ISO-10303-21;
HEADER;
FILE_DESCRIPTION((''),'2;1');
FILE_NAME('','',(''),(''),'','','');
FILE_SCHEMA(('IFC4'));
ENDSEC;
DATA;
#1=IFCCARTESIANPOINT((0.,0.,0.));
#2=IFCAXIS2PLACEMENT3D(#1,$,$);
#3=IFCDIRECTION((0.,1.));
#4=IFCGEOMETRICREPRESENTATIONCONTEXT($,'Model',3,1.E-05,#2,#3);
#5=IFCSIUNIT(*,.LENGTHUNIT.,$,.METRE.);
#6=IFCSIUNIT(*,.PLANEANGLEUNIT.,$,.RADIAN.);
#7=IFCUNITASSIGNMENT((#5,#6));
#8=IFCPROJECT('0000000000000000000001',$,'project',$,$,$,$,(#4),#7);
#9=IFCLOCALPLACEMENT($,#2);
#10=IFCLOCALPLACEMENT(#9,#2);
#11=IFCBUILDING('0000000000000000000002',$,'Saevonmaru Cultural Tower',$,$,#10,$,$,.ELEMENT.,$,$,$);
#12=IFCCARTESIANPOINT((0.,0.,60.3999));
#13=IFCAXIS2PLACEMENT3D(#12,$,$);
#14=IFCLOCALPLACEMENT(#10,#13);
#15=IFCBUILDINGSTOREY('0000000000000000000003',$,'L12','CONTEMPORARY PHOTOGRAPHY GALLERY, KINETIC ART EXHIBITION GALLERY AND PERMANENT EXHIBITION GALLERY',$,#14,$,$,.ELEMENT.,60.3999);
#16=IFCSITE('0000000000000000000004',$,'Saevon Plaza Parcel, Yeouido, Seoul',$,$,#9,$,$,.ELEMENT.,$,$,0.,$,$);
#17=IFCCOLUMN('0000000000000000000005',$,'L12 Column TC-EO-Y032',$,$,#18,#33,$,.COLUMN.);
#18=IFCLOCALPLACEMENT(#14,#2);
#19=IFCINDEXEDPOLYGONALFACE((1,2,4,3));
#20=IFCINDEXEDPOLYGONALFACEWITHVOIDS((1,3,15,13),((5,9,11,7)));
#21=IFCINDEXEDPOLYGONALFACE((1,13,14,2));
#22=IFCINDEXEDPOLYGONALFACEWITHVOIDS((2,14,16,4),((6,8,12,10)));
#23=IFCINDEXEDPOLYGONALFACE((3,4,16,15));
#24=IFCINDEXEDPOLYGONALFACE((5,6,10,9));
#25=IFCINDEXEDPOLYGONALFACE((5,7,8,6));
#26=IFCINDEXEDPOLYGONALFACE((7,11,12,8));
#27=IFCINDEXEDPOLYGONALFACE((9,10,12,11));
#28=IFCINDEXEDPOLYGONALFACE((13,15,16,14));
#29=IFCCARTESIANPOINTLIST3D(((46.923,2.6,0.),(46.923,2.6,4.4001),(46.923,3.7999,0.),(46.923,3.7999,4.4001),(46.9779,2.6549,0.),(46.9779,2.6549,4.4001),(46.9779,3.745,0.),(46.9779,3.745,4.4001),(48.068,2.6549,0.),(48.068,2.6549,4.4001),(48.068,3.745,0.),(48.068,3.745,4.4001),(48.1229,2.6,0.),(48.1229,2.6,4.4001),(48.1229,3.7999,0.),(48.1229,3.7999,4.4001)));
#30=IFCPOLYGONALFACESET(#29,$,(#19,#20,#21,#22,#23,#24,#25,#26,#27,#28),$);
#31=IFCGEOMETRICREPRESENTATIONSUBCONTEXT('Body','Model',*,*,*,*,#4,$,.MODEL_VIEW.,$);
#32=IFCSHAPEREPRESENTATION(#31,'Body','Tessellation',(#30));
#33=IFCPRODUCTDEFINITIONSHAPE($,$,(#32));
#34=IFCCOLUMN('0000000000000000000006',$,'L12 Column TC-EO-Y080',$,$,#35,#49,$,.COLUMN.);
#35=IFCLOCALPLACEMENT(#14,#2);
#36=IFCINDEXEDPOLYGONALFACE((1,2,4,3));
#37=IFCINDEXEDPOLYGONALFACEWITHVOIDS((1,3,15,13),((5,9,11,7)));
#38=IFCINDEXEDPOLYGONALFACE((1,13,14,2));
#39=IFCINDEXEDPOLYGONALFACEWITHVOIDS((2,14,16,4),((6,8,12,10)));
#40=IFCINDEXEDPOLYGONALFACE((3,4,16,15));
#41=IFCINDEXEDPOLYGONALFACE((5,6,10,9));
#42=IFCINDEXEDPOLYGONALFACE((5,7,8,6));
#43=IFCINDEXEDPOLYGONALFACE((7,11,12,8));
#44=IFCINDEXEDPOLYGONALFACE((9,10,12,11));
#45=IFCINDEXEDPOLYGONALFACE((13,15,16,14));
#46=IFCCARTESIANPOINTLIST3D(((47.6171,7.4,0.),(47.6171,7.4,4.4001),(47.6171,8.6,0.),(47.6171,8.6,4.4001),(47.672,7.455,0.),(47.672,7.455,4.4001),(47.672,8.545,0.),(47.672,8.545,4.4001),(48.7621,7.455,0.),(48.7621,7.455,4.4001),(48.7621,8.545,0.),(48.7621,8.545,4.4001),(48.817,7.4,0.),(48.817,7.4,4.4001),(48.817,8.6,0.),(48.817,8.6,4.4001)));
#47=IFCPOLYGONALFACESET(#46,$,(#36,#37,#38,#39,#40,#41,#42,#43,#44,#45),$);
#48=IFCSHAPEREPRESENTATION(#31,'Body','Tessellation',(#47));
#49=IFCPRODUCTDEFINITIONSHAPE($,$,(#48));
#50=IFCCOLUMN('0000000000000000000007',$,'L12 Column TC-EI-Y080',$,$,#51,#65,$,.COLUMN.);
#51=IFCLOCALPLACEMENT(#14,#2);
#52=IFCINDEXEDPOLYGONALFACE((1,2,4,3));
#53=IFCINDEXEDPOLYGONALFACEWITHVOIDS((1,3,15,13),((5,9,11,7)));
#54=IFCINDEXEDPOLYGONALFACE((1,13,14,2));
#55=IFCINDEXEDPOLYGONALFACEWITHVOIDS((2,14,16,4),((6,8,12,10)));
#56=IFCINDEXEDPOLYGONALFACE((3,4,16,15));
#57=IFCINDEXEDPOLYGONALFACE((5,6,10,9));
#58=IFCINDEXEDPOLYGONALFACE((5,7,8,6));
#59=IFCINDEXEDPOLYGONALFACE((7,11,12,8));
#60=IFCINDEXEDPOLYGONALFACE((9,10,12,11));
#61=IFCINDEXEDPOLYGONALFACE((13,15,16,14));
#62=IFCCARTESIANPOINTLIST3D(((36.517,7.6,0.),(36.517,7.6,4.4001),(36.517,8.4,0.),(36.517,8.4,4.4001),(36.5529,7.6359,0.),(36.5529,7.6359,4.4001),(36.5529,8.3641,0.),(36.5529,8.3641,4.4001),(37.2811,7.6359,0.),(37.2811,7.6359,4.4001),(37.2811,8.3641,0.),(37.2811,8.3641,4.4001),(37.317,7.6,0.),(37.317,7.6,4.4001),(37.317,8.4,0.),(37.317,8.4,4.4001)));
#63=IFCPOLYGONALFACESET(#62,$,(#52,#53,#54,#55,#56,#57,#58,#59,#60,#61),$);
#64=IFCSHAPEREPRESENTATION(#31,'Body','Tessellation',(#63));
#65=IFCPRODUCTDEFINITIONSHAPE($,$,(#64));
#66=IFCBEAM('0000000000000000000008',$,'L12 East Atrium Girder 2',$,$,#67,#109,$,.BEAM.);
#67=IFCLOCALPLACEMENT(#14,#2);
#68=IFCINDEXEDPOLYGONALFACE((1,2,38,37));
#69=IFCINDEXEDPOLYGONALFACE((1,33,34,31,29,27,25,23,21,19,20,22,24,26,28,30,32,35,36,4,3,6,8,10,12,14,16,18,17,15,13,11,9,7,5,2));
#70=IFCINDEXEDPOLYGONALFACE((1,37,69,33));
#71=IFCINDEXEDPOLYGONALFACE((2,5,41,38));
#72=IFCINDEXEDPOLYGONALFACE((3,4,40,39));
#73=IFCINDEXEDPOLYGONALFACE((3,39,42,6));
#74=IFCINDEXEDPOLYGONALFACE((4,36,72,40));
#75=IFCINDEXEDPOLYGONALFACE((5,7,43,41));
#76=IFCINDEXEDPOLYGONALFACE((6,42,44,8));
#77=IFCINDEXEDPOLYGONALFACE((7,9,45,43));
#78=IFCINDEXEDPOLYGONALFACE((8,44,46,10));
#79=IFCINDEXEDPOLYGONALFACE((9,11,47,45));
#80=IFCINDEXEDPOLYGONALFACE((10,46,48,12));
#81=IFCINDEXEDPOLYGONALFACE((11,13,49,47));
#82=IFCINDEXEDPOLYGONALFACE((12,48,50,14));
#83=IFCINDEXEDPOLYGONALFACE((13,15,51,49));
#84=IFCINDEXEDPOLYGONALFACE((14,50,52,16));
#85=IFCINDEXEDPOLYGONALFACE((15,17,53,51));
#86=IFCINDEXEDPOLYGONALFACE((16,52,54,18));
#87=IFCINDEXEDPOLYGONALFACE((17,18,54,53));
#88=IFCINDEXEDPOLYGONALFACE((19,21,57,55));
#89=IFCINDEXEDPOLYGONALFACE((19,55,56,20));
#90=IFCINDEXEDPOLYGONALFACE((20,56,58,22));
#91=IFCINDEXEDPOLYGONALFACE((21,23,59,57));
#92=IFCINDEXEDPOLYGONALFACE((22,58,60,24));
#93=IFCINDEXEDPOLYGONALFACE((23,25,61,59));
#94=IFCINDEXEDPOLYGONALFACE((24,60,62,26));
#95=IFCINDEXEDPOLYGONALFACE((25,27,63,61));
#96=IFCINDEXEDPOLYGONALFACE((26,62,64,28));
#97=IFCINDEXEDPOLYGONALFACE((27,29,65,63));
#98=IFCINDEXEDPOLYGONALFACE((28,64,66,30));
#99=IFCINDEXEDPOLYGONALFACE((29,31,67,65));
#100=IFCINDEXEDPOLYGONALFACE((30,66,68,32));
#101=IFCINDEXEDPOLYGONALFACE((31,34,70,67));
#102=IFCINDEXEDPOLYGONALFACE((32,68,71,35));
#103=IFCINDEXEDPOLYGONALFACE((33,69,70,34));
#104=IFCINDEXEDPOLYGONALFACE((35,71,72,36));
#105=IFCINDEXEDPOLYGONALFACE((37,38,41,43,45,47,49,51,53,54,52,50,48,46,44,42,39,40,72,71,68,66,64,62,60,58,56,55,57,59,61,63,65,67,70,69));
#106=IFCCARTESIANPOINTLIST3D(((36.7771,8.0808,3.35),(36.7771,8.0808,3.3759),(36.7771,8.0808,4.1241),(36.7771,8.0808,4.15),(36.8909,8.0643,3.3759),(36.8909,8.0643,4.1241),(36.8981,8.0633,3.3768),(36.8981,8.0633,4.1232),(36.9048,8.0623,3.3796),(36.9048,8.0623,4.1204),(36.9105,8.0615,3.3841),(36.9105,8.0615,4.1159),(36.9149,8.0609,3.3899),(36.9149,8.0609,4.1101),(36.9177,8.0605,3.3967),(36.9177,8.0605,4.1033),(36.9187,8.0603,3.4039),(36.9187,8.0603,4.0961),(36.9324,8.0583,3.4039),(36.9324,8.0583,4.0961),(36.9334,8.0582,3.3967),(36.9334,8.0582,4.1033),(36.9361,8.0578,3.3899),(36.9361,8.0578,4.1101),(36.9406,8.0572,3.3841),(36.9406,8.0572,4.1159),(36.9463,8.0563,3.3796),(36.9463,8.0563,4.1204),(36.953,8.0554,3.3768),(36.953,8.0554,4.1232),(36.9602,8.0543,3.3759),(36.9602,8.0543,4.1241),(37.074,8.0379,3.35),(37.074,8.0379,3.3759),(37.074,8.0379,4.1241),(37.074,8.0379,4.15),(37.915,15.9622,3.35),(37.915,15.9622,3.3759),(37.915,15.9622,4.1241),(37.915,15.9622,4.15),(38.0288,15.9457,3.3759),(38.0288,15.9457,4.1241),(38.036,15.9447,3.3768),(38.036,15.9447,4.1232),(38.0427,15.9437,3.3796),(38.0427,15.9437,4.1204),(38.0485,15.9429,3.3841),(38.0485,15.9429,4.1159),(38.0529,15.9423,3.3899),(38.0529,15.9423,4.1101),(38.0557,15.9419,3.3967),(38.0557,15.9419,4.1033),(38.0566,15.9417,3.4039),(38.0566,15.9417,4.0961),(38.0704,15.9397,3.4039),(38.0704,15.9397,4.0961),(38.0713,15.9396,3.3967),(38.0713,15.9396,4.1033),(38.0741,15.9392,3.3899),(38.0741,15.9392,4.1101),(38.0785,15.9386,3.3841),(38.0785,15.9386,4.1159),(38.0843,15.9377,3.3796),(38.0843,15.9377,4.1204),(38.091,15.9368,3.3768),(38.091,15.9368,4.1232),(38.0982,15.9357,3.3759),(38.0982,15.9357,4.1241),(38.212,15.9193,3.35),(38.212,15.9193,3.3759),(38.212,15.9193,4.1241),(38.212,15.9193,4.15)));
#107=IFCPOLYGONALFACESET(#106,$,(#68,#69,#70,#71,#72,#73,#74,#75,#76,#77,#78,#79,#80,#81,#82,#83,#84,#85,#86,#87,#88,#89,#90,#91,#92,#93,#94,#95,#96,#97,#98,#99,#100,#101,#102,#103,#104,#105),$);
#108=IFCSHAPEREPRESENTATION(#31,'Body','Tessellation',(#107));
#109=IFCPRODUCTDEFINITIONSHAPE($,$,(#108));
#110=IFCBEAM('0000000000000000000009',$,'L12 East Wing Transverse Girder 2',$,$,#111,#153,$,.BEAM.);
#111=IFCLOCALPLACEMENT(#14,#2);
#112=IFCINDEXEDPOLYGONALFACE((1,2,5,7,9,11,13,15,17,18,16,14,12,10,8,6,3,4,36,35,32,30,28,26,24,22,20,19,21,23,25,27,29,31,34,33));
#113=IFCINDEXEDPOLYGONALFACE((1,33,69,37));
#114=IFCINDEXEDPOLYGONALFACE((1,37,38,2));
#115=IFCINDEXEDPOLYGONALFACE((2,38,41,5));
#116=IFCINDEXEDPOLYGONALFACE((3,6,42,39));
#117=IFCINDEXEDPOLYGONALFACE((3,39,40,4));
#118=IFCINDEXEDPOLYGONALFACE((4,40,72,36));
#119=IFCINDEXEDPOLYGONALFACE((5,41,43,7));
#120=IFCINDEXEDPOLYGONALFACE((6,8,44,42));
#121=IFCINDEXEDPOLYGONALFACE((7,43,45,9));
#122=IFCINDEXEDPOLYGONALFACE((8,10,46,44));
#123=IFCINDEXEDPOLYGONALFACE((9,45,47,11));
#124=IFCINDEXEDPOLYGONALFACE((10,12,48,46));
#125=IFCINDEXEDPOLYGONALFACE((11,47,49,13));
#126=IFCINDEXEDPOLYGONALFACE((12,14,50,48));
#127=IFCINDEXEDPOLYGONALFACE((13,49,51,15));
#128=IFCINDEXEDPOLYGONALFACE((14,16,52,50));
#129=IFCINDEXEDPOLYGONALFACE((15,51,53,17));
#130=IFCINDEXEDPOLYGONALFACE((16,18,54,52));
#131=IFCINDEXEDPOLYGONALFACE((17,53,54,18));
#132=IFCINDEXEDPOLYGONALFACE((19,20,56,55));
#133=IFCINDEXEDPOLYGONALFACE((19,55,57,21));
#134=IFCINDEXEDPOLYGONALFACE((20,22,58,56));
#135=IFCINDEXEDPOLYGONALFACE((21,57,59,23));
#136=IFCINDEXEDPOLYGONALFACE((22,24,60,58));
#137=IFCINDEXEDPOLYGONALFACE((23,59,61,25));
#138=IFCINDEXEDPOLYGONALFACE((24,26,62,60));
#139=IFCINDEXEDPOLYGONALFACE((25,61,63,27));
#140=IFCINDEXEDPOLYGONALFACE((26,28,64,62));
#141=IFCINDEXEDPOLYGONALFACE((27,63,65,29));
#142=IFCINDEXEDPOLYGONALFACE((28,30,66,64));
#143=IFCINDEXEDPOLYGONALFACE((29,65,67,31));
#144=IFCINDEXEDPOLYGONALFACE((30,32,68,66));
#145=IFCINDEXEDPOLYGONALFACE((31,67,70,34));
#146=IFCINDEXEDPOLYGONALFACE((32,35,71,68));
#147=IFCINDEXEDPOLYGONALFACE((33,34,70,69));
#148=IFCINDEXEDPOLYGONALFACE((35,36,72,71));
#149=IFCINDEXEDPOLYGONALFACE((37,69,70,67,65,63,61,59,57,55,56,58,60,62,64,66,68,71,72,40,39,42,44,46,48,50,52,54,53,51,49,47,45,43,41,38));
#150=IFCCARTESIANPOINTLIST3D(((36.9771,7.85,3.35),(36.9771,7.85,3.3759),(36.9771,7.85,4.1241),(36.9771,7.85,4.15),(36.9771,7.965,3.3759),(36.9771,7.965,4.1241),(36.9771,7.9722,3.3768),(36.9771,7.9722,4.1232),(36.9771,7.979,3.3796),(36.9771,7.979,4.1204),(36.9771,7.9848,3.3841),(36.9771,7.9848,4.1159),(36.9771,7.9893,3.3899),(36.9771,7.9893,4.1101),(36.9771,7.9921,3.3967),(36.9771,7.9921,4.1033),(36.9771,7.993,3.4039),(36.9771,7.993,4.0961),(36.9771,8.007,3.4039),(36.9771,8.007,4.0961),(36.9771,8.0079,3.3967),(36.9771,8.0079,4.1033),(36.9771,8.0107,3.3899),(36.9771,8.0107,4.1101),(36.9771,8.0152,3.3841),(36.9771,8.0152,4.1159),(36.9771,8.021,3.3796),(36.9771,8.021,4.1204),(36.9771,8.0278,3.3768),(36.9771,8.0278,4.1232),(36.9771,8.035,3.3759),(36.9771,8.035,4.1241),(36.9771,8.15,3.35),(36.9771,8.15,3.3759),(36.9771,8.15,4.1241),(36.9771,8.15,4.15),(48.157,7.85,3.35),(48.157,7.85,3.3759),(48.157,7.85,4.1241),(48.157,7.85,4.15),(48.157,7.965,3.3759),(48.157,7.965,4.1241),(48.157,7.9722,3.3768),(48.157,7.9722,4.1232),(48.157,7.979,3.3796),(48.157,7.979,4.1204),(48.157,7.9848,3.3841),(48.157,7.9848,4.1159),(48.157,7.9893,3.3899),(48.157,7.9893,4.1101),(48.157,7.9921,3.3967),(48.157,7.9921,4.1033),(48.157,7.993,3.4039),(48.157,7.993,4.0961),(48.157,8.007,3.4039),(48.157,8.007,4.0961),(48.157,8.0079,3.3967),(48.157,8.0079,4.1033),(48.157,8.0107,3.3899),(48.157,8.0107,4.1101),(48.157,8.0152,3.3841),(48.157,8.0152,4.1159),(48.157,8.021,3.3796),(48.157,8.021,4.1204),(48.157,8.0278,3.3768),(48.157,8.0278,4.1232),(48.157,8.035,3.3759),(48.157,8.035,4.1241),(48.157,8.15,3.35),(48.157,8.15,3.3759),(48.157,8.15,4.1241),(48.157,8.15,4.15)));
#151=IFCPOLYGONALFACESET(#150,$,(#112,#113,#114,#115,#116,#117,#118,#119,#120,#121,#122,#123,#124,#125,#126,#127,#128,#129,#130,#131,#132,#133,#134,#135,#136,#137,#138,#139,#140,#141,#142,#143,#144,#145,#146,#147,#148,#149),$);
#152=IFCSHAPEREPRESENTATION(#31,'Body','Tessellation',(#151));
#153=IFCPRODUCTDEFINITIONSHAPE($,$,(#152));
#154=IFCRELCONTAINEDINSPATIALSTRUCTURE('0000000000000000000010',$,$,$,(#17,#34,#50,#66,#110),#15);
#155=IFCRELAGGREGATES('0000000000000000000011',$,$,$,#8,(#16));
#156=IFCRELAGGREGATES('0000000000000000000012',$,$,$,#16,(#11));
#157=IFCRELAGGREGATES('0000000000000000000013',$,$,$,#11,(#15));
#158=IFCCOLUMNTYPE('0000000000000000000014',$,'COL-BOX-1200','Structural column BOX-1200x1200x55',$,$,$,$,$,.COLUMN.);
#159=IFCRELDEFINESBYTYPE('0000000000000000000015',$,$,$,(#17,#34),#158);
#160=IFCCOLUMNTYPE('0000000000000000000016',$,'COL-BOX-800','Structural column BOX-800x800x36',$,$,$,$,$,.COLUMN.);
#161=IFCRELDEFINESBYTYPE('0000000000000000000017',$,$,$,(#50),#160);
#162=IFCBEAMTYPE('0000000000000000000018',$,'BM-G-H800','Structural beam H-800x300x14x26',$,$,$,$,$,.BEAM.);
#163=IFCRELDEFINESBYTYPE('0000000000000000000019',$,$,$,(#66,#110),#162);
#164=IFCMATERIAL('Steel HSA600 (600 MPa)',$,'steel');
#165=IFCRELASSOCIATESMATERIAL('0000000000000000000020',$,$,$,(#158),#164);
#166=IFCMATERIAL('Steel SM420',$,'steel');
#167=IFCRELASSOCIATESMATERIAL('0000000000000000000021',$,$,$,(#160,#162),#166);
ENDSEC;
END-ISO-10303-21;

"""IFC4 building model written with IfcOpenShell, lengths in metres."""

from ifc_helpers import new_model, si_unit, direction, frame, origin, origin_2d, place, context, subcontext, project, spatial, hollow_rectangle, i_section, extrude, material, material_profile, profile_set, type_object, element, save


model = new_model("IFC4")

# Units and contexts
model_context = context("Model", 3, precision=1e-05, world=origin(), true_north=direction((0.0, 1.0)))
body_context = subcontext(model_context, "Body", "Model", "MODEL_VIEW")
ifc_project = project(units=[si_unit("LENGTHUNIT", "METRE"), si_unit("PLANEANGLEUNIT", "RADIAN")], contexts=[model_context])

# Site, building, storey
site_placement = place(None, origin())
site = spatial("IfcSite", under=ifc_project, at=site_placement, Name="Saevon Plaza Parcel, Yeouido, Seoul", CompositionType="ELEMENT", RefElevation=0.0)
building_placement = place(site_placement, origin())
building = spatial("IfcBuilding", under=site, at=building_placement, Name="Saevonmaru Cultural Tower", CompositionType="ELEMENT")
storey_placement = place(building_placement, frame((0.0, 0.0, 60.3999)))
storey = spatial("IfcBuildingStorey", under=building, at=storey_placement, Name="L12", Description="CONTEMPORARY PHOTOGRAPHY GALLERY, KINETIC ART EXHIBITION GALLERY AND PERMANENT EXHIBITION GALLERY", CompositionType="ELEMENT", Elevation=60.3999)

# Columns
ifc_material_1 = material(Name="Steel HSA600 (600 MPa)", Category="steel")
ifc_material_profile_1 = material_profile(ifc_material_1, hollow_rectangle(XDim=1.2, YDim=1.2, WallThickness=0.0549, at=origin_2d()), Name="BOX-1200x1200x55")
ifc_profile_set_1 = profile_set([ifc_material_profile_1], Name="Steel HSA600 (600 MPa)")
column_type_1 = type_object("IfcColumnType", Name="COL-BOX-1200", Description="Structural column BOX-1200x1200x55", PredefinedType="COLUMN", material=ifc_profile_set_1)
for number, where, z_axis, x_axis, name in (
    (1, (47.5229, 3.2, 0.0), (0.0, 0.0, 1.0), (1.0, 0.0, 0.0), "L12 Column TC-EO-Y032"),
    (2, (48.217, 8.0, 0.0), (0.0, 0.0, 1.0), (1.0, 0.0, 0.0), "L12 Column TC-EO-Y080"),
):
    element("IfcColumn", number, at=place(storey_placement, frame(where, z_axis=z_axis, x_axis=x_axis)), inside=storey, type_object=column_type_1, Name=name, PredefinedType="COLUMN", context=body_context, shape_type="SweptSolid", body=[
        extrude(hollow_rectangle(XDim=1.2, YDim=1.2, WallThickness=0.0549, at=origin_2d()), origin(), (0.0, 0.0, 1.0), 4.4001),
    ])
ifc_material_2 = material(Name="Steel SM420", Category="steel")
ifc_material_profile_2 = material_profile(ifc_material_2, hollow_rectangle(XDim=0.8, YDim=0.8, WallThickness=0.0359, at=origin_2d()), Name="BOX-800x800x36")
ifc_profile_set_2 = profile_set([ifc_material_profile_2], Name="Steel SM420")
column_type_2 = type_object("IfcColumnType", Name="COL-BOX-800", Description="Structural column BOX-800x800x36", PredefinedType="COLUMN", material=ifc_profile_set_2)
column_placement = place(storey_placement, frame((36.917, 8.0, 0.0), z_axis=(0.0, 0.0, 1.0), x_axis=(1.0, 0.0, 0.0)))
element("IfcColumn", 3, at=column_placement, inside=storey, type_object=column_type_2, Name="L12 Column TC-EI-Y080", PredefinedType="COLUMN", context=body_context, shape_type="SweptSolid", body=[
    extrude(hollow_rectangle(XDim=0.8, YDim=0.8, WallThickness=0.0359, at=origin_2d()), origin(), (0.0, 0.0, 1.0), 4.4001),
])

# Beams
ifc_material_profile_3 = material_profile(ifc_material_2, i_section(OverallWidth=0.3, OverallDepth=0.8, WebThickness=0.0139, FlangeThickness=0.0259, FilletRadius=0.0281, at=origin_2d()), Name="H-800x300x14x26")
ifc_profile_set_3 = profile_set([ifc_material_profile_3], Name="Steel SM420")
beam_type_1 = type_object("IfcBeamType", Name="BM-G-H800", Description="Structural beam H-800x300x14x26", PredefinedType="BEAM", material=ifc_profile_set_3)
beam_1_placement = place(storey_placement, frame((36.9255, 8.0593, 3.75), z_axis=(0.142902, 0.989737, 0.0), x_axis=(-0.989737, 0.142902, 0.0)))
element("IfcBeam", 4, at=beam_1_placement, inside=storey, type_object=beam_type_1, Name="L12 East Atrium Girder 2", PredefinedType="BEAM", context=body_context, shape_type="SweptSolid", body=[
    extrude(i_section(OverallWidth=0.3, OverallDepth=0.8, WebThickness=0.0139, FlangeThickness=0.0259, FilletRadius=0.0281, at=origin_2d()), origin(), (0.0, 0.0, 1.0), 7.9631),
])
beam_2_placement = place(storey_placement, frame((36.9771, 8.0, 3.75), z_axis=(1.0, 0.0, 0.0), x_axis=(0.0, 1.0, 0.0)))
element("IfcBeam", 5, at=beam_2_placement, inside=storey, type_object=beam_type_1, Name="L12 East Wing Transverse Girder 2", PredefinedType="BEAM", context=body_context, shape_type="SweptSolid", body=[
    extrude(i_section(OverallWidth=0.3, OverallDepth=0.8, WebThickness=0.0139, FlangeThickness=0.0259, FilletRadius=0.0281, at=origin_2d()), origin(), (0.0, 0.0, 1.0), 11.1799),
])

save(model, "model.ifc")
